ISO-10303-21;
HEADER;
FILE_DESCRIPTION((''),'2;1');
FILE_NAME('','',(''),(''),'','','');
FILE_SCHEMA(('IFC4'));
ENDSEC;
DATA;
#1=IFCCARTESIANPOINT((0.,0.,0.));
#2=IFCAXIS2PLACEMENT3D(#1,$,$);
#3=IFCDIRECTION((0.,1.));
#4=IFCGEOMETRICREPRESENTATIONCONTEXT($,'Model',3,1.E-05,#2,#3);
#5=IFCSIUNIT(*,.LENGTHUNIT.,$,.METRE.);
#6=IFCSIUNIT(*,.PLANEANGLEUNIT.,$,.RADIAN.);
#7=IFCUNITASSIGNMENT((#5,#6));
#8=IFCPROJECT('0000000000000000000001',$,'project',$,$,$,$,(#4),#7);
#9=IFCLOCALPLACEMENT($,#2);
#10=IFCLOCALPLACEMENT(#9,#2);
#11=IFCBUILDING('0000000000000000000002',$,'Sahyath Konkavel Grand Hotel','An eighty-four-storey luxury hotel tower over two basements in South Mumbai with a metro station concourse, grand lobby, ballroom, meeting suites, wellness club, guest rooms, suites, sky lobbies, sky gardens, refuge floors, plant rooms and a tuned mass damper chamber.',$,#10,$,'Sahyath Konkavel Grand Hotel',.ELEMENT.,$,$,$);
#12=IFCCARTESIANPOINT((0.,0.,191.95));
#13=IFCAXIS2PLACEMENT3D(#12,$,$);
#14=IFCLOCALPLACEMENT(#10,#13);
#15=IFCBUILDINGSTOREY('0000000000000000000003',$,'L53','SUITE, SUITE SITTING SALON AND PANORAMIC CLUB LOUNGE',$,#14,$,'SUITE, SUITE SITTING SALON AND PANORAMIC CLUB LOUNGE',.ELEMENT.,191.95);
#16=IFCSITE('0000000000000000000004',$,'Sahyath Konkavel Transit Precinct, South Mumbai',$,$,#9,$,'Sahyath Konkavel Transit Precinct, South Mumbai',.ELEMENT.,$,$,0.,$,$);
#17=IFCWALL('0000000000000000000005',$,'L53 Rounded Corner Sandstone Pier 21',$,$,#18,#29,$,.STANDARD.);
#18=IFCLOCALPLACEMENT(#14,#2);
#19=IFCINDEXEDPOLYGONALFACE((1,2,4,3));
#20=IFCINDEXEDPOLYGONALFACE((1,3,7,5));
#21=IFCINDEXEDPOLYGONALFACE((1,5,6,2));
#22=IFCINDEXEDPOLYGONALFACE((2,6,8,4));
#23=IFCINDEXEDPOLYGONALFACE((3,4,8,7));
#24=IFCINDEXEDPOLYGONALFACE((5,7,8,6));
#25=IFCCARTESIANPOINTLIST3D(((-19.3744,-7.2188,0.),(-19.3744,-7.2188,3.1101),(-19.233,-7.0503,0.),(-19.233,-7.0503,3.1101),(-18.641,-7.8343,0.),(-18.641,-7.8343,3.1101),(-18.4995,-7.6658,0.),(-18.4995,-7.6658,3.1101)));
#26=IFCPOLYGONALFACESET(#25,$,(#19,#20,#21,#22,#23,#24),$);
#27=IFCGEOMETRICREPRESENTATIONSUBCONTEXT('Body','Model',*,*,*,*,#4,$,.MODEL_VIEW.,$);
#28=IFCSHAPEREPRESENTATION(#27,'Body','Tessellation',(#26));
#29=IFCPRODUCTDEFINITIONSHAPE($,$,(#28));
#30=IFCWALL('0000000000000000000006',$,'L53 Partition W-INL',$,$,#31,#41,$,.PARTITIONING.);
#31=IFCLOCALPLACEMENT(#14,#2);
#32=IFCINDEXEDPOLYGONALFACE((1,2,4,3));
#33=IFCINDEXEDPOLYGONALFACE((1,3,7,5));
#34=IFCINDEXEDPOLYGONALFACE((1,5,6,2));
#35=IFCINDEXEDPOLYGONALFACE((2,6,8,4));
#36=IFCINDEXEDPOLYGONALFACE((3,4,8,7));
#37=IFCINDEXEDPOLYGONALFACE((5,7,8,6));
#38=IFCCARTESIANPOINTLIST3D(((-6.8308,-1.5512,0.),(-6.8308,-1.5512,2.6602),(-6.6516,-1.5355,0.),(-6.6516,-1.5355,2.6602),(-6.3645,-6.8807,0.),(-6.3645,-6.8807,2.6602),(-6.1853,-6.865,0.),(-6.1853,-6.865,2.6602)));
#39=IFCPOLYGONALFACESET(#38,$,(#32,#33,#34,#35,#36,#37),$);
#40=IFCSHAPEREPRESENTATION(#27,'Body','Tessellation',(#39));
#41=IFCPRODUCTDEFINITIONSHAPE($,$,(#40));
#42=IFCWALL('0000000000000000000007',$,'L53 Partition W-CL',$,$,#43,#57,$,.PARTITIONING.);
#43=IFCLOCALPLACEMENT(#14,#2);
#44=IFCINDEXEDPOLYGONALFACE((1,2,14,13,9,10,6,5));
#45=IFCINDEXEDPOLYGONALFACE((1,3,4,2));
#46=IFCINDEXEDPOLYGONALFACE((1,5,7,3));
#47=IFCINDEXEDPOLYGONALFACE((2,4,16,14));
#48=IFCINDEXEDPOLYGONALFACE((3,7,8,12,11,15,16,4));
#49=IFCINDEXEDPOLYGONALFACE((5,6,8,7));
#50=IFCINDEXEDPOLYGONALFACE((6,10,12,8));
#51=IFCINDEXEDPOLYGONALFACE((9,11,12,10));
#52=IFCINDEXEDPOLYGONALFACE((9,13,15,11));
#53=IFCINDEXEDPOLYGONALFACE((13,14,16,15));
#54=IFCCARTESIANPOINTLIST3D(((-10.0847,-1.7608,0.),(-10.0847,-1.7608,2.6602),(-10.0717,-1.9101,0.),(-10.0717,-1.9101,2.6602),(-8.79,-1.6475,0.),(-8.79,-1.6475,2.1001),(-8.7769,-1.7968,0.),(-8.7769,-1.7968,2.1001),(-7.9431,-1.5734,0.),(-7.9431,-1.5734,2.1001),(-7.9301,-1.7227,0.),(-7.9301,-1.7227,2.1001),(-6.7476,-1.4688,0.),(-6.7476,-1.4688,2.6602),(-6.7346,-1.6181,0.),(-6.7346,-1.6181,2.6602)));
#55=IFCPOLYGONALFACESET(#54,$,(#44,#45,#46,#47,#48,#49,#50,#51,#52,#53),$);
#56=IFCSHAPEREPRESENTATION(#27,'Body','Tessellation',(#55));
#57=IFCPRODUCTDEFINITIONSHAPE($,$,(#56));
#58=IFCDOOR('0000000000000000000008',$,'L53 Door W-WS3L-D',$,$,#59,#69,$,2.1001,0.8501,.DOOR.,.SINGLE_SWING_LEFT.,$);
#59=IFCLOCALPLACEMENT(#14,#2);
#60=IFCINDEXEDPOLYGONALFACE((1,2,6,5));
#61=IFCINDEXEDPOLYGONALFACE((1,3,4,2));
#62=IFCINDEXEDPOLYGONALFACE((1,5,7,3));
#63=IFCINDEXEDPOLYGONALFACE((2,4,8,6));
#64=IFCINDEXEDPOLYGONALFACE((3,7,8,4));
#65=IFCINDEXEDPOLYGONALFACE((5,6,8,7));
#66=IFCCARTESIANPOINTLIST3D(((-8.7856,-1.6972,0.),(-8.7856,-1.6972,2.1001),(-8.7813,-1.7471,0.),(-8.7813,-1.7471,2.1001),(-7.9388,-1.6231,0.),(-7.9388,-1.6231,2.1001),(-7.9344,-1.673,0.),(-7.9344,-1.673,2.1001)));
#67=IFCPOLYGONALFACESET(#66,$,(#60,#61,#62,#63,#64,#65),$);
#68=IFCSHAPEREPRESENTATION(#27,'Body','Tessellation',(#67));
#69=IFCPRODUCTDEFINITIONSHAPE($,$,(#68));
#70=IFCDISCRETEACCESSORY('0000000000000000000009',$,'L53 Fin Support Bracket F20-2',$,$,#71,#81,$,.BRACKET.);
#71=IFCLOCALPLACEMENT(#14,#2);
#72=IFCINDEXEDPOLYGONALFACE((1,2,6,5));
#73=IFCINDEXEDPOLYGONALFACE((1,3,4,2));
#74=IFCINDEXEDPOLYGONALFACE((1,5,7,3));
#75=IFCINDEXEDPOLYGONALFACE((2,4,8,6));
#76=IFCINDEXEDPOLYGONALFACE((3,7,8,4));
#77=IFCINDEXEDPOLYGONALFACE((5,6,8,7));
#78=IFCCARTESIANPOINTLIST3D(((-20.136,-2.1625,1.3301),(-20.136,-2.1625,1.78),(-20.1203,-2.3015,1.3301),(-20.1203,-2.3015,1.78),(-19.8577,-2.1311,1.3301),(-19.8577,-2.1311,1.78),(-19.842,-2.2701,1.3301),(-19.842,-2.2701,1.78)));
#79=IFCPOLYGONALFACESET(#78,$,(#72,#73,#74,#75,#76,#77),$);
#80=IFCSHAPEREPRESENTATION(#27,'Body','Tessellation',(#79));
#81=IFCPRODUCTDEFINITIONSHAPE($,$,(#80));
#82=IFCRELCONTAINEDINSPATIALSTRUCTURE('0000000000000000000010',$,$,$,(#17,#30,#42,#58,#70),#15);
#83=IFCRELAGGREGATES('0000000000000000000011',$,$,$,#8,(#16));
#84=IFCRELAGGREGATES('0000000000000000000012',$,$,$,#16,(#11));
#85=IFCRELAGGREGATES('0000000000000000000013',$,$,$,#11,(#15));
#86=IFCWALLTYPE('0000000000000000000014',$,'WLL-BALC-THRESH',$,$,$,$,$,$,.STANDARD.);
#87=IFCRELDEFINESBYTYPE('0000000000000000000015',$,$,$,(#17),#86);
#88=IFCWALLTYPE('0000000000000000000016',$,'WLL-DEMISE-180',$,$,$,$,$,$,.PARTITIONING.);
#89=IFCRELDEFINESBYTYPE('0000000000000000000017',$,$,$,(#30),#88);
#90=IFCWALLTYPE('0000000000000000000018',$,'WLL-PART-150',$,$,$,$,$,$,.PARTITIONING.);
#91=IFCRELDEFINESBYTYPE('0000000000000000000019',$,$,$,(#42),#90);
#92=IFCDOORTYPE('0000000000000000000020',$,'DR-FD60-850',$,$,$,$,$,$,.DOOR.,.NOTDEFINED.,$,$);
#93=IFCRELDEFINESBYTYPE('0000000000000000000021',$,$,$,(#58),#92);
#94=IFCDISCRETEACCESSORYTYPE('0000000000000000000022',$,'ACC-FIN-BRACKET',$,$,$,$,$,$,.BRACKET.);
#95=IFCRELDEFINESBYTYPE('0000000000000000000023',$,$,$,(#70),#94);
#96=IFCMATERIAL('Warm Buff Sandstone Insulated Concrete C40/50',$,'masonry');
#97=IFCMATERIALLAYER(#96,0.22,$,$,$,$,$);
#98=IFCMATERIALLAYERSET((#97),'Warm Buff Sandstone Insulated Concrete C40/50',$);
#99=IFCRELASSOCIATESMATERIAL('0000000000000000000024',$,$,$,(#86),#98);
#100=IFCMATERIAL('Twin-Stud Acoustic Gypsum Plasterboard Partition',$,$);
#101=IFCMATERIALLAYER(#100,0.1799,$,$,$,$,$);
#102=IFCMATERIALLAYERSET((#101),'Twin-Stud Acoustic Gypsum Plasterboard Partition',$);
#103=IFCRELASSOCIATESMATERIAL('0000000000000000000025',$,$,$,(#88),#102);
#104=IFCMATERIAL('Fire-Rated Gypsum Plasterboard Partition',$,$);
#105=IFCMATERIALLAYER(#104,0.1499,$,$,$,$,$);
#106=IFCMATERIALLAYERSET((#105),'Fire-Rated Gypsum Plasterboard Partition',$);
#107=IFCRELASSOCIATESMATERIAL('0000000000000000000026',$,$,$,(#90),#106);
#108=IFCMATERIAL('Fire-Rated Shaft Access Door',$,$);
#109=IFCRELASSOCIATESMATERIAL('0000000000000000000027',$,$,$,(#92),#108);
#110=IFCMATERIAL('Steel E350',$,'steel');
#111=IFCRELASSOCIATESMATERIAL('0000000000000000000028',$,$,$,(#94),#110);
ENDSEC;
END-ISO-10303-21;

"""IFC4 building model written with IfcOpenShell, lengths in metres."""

from ifc_helpers import new_model, si_unit, direction, frame, frame_2d, origin, origin_2d, place, context, subcontext, project, spatial, rectangle, extrude, source, transform, mapped, material, layer, layer_set, type_object, element, fill, save


model = new_model("IFC4")

# Units and contexts
model_context = context("Model", 3, precision=1e-05, world=origin(), true_north=direction((0.0, 1.0)))
body_context = subcontext(model_context, "Body", "Model", "MODEL_VIEW")
ifc_project = project(units=[si_unit("LENGTHUNIT", "METRE"), si_unit("PLANEANGLEUNIT", "RADIAN")], contexts=[model_context])

# Site, building, storey
site_placement = place(None, origin())
site = spatial("IfcSite", under=ifc_project, at=site_placement, Name="Sahyath Konkavel Transit Precinct, South Mumbai", LongName="Sahyath Konkavel Transit Precinct, South Mumbai", CompositionType="ELEMENT", RefElevation=0.0)
building_placement = place(site_placement, origin())
building = spatial("IfcBuilding", under=site, at=building_placement, Name="Sahyath Konkavel Grand Hotel", Description="An eighty-four-storey luxury hotel tower over two basements in South Mumbai with a metro station concourse, grand lobby, ballroom, meeting suites, wellness club, guest rooms, suites, sky lobbies, sky gardens, refuge floors, plant rooms and a tuned mass damper chamber.", LongName="Sahyath Konkavel Grand Hotel", CompositionType="ELEMENT")
storey_placement = place(building_placement, frame((0.0, 0.0, 191.95)))
storey = spatial("IfcBuildingStorey", under=building, at=storey_placement, Name="L53", Description="SUITE, SUITE SITTING SALON AND PANORAMIC CLUB LOUNGE", LongName="SUITE, SUITE SITTING SALON AND PANORAMIC CLUB LOUNGE", CompositionType="ELEMENT", Elevation=191.95)

# Shared definitions
ifc_material_1 = material(Name="Steel E350", Category="steel")

# Walls
ifc_material_2 = material(Name="Warm Buff Sandstone Insulated Concrete C40/50", Category="masonry")
ifc_layer_1 = layer(ifc_material_2, 0.22)
ifc_layer_set_1 = layer_set([ifc_layer_1], Name="Warm Buff Sandstone Insulated Concrete C40/50")
wall_type_1 = type_object("IfcWallType", Name="WLL-BALC-THRESH", PredefinedType="STANDARD", material=ifc_layer_set_1)
wall_1_placement = place(storey_placement, frame((-19.3037, -7.1345, 0.0), z_axis=(0.0, 0.0, 1.0), x_axis=(0.766001, -0.642839, 0.0)))
element("IfcWall", 1, at=wall_1_placement, inside=storey, type_object=wall_type_1, Name="L53 Rounded Corner Sandstone Pier 21", PredefinedType="STANDARD", context=body_context, shape_type="SweptSolid", body=[
    extrude(rectangle(XDim=0.9575, YDim=0.22, at=frame_2d((0.4788, 0.0))), origin(), (0.0, 0.0, 1.0), 3.1101),
])
ifc_material_3 = material(Name="Twin-Stud Acoustic Gypsum Plasterboard Partition")
ifc_layer_2 = layer(ifc_material_3, 0.1799)
ifc_layer_set_2 = layer_set([ifc_layer_2], Name="Twin-Stud Acoustic Gypsum Plasterboard Partition")
wall_type_2 = type_object("IfcWallType", Name="WLL-DEMISE-180", PredefinedType="PARTITIONING", material=ifc_layer_set_2)
wall_2_placement = place(storey_placement, frame((-6.7412, -1.5435, 0.0), z_axis=(0.0, 0.0, 1.0), x_axis=(0.087161, -0.996194, 0.0)))
element("IfcWall", 2, at=wall_2_placement, inside=storey, type_object=wall_type_2, Name="L53 Partition W-INL", PredefinedType="PARTITIONING", context=body_context, shape_type="SweptSolid", body=[
    extrude(rectangle(XDim=5.3499, YDim=0.1799, at=frame_2d((2.6748, 0.0))), origin(), (0.0, 0.0, 1.0), 2.6602),
])

# Wall, opening, door
ifc_material_4 = material(Name="Fire-Rated Gypsum Plasterboard Partition")
ifc_layer_3 = layer(ifc_material_4, 0.1499)
ifc_layer_set_3 = layer_set([ifc_layer_3], Name="Fire-Rated Gypsum Plasterboard Partition")
wall_type_3 = type_object("IfcWallType", Name="WLL-PART-150", PredefinedType="PARTITIONING", material=ifc_layer_set_3)
wall_3_placement = place(storey_placement, frame((-6.7412, -1.5435, 0.0), z_axis=(0.0, 0.0, 1.0), x_axis=(-0.996194, -0.087164, 0.0)))
wall_3 = element("IfcWall", 3, at=wall_3_placement, inside=storey, type_object=wall_type_3, Name="L53 Partition W-CL", PredefinedType="PARTITIONING", context=body_context, shape_type="SweptSolid", body=[
    extrude(rectangle(XDim=3.3499, YDim=0.1499, at=frame_2d((1.6748, 0.0))), origin(), (0.0, 0.0, 1.0), 2.6602),
])
opening_placement = place(wall_3_placement, frame((1.2, 0.0, 0.0)))
opening = element("IfcOpeningElement", 4, at=opening_placement, cuts=wall_3, PredefinedType="OPENING", context=body_context, shape_type="SweptSolid", body=[
    extrude(rectangle(XDim=0.8501, YDim=2.1001, at=frame_2d((0.425, 1.05))), frame((0.0, 0.085, 0.0), z_axis=(0.0, -1.0, 0.0), x_axis=(1.0, 0.0, 0.0)), (0.0, 0.0, 1.0), 0.1699),
])
ifc_material_5 = material(Name="Fire-Rated Shaft Access Door")
door_type = type_object("IfcDoorType", Name="DR-FD60-850", OperationType="NOTDEFINED", PredefinedType="DOOR", material=ifc_material_5)
shared_shape_1 = source(origin(), body_context, "Body", "SweptSolid", [
    extrude(rectangle(XDim=0.8501, YDim=0.05, at=origin_2d()), origin(), (0.0, 0.0, 1.0), 2.1001),
])
door_placement = place(opening_placement, frame((0.425, 0.0, 0.0)))
door = element("IfcDoor", 5, at=door_placement, inside=storey, type_object=door_type, Name="L53 Door W-WS3L-D", OperationType="SINGLE_SWING_LEFT", OverallHeight=2.1001, OverallWidth=0.8501, PredefinedType="DOOR", context=body_context, shape_type="MappedRepresentation", body=[
    mapped(shared_shape_1, transform((0.0, 0.0, 0.0), scale=1.0)),
])
fill(opening, door)

# Discrete accessory
discrete_accessory_type = type_object("IfcDiscreteAccessoryType", Name="ACC-FIN-BRACKET", PredefinedType="BRACKET", material=ifc_material_1)
shared_shape_2 = source(origin(), body_context, "Body", "SweptSolid", [
    extrude(rectangle(XDim=0.28, YDim=0.1399, at=origin_2d()), origin(), (0.0, 0.0, 1.0), 0.45),
])
discrete_accessory_placement = place(storey_placement, frame((-19.989, -2.2163, 1.3301), z_axis=(0.0, 0.0, 1.0), x_axis=(-0.993709, -0.111989, 0.0)))
element("IfcDiscreteAccessory", 6, at=discrete_accessory_placement, inside=storey, type_object=discrete_accessory_type, Name="L53 Fin Support Bracket F20-2", PredefinedType="BRACKET", context=body_context, shape_type="MappedRepresentation", body=[
    mapped(shared_shape_2, transform((0.0, 0.0, 0.0), scale=1.0)),
])

save(model, "model.ifc")
